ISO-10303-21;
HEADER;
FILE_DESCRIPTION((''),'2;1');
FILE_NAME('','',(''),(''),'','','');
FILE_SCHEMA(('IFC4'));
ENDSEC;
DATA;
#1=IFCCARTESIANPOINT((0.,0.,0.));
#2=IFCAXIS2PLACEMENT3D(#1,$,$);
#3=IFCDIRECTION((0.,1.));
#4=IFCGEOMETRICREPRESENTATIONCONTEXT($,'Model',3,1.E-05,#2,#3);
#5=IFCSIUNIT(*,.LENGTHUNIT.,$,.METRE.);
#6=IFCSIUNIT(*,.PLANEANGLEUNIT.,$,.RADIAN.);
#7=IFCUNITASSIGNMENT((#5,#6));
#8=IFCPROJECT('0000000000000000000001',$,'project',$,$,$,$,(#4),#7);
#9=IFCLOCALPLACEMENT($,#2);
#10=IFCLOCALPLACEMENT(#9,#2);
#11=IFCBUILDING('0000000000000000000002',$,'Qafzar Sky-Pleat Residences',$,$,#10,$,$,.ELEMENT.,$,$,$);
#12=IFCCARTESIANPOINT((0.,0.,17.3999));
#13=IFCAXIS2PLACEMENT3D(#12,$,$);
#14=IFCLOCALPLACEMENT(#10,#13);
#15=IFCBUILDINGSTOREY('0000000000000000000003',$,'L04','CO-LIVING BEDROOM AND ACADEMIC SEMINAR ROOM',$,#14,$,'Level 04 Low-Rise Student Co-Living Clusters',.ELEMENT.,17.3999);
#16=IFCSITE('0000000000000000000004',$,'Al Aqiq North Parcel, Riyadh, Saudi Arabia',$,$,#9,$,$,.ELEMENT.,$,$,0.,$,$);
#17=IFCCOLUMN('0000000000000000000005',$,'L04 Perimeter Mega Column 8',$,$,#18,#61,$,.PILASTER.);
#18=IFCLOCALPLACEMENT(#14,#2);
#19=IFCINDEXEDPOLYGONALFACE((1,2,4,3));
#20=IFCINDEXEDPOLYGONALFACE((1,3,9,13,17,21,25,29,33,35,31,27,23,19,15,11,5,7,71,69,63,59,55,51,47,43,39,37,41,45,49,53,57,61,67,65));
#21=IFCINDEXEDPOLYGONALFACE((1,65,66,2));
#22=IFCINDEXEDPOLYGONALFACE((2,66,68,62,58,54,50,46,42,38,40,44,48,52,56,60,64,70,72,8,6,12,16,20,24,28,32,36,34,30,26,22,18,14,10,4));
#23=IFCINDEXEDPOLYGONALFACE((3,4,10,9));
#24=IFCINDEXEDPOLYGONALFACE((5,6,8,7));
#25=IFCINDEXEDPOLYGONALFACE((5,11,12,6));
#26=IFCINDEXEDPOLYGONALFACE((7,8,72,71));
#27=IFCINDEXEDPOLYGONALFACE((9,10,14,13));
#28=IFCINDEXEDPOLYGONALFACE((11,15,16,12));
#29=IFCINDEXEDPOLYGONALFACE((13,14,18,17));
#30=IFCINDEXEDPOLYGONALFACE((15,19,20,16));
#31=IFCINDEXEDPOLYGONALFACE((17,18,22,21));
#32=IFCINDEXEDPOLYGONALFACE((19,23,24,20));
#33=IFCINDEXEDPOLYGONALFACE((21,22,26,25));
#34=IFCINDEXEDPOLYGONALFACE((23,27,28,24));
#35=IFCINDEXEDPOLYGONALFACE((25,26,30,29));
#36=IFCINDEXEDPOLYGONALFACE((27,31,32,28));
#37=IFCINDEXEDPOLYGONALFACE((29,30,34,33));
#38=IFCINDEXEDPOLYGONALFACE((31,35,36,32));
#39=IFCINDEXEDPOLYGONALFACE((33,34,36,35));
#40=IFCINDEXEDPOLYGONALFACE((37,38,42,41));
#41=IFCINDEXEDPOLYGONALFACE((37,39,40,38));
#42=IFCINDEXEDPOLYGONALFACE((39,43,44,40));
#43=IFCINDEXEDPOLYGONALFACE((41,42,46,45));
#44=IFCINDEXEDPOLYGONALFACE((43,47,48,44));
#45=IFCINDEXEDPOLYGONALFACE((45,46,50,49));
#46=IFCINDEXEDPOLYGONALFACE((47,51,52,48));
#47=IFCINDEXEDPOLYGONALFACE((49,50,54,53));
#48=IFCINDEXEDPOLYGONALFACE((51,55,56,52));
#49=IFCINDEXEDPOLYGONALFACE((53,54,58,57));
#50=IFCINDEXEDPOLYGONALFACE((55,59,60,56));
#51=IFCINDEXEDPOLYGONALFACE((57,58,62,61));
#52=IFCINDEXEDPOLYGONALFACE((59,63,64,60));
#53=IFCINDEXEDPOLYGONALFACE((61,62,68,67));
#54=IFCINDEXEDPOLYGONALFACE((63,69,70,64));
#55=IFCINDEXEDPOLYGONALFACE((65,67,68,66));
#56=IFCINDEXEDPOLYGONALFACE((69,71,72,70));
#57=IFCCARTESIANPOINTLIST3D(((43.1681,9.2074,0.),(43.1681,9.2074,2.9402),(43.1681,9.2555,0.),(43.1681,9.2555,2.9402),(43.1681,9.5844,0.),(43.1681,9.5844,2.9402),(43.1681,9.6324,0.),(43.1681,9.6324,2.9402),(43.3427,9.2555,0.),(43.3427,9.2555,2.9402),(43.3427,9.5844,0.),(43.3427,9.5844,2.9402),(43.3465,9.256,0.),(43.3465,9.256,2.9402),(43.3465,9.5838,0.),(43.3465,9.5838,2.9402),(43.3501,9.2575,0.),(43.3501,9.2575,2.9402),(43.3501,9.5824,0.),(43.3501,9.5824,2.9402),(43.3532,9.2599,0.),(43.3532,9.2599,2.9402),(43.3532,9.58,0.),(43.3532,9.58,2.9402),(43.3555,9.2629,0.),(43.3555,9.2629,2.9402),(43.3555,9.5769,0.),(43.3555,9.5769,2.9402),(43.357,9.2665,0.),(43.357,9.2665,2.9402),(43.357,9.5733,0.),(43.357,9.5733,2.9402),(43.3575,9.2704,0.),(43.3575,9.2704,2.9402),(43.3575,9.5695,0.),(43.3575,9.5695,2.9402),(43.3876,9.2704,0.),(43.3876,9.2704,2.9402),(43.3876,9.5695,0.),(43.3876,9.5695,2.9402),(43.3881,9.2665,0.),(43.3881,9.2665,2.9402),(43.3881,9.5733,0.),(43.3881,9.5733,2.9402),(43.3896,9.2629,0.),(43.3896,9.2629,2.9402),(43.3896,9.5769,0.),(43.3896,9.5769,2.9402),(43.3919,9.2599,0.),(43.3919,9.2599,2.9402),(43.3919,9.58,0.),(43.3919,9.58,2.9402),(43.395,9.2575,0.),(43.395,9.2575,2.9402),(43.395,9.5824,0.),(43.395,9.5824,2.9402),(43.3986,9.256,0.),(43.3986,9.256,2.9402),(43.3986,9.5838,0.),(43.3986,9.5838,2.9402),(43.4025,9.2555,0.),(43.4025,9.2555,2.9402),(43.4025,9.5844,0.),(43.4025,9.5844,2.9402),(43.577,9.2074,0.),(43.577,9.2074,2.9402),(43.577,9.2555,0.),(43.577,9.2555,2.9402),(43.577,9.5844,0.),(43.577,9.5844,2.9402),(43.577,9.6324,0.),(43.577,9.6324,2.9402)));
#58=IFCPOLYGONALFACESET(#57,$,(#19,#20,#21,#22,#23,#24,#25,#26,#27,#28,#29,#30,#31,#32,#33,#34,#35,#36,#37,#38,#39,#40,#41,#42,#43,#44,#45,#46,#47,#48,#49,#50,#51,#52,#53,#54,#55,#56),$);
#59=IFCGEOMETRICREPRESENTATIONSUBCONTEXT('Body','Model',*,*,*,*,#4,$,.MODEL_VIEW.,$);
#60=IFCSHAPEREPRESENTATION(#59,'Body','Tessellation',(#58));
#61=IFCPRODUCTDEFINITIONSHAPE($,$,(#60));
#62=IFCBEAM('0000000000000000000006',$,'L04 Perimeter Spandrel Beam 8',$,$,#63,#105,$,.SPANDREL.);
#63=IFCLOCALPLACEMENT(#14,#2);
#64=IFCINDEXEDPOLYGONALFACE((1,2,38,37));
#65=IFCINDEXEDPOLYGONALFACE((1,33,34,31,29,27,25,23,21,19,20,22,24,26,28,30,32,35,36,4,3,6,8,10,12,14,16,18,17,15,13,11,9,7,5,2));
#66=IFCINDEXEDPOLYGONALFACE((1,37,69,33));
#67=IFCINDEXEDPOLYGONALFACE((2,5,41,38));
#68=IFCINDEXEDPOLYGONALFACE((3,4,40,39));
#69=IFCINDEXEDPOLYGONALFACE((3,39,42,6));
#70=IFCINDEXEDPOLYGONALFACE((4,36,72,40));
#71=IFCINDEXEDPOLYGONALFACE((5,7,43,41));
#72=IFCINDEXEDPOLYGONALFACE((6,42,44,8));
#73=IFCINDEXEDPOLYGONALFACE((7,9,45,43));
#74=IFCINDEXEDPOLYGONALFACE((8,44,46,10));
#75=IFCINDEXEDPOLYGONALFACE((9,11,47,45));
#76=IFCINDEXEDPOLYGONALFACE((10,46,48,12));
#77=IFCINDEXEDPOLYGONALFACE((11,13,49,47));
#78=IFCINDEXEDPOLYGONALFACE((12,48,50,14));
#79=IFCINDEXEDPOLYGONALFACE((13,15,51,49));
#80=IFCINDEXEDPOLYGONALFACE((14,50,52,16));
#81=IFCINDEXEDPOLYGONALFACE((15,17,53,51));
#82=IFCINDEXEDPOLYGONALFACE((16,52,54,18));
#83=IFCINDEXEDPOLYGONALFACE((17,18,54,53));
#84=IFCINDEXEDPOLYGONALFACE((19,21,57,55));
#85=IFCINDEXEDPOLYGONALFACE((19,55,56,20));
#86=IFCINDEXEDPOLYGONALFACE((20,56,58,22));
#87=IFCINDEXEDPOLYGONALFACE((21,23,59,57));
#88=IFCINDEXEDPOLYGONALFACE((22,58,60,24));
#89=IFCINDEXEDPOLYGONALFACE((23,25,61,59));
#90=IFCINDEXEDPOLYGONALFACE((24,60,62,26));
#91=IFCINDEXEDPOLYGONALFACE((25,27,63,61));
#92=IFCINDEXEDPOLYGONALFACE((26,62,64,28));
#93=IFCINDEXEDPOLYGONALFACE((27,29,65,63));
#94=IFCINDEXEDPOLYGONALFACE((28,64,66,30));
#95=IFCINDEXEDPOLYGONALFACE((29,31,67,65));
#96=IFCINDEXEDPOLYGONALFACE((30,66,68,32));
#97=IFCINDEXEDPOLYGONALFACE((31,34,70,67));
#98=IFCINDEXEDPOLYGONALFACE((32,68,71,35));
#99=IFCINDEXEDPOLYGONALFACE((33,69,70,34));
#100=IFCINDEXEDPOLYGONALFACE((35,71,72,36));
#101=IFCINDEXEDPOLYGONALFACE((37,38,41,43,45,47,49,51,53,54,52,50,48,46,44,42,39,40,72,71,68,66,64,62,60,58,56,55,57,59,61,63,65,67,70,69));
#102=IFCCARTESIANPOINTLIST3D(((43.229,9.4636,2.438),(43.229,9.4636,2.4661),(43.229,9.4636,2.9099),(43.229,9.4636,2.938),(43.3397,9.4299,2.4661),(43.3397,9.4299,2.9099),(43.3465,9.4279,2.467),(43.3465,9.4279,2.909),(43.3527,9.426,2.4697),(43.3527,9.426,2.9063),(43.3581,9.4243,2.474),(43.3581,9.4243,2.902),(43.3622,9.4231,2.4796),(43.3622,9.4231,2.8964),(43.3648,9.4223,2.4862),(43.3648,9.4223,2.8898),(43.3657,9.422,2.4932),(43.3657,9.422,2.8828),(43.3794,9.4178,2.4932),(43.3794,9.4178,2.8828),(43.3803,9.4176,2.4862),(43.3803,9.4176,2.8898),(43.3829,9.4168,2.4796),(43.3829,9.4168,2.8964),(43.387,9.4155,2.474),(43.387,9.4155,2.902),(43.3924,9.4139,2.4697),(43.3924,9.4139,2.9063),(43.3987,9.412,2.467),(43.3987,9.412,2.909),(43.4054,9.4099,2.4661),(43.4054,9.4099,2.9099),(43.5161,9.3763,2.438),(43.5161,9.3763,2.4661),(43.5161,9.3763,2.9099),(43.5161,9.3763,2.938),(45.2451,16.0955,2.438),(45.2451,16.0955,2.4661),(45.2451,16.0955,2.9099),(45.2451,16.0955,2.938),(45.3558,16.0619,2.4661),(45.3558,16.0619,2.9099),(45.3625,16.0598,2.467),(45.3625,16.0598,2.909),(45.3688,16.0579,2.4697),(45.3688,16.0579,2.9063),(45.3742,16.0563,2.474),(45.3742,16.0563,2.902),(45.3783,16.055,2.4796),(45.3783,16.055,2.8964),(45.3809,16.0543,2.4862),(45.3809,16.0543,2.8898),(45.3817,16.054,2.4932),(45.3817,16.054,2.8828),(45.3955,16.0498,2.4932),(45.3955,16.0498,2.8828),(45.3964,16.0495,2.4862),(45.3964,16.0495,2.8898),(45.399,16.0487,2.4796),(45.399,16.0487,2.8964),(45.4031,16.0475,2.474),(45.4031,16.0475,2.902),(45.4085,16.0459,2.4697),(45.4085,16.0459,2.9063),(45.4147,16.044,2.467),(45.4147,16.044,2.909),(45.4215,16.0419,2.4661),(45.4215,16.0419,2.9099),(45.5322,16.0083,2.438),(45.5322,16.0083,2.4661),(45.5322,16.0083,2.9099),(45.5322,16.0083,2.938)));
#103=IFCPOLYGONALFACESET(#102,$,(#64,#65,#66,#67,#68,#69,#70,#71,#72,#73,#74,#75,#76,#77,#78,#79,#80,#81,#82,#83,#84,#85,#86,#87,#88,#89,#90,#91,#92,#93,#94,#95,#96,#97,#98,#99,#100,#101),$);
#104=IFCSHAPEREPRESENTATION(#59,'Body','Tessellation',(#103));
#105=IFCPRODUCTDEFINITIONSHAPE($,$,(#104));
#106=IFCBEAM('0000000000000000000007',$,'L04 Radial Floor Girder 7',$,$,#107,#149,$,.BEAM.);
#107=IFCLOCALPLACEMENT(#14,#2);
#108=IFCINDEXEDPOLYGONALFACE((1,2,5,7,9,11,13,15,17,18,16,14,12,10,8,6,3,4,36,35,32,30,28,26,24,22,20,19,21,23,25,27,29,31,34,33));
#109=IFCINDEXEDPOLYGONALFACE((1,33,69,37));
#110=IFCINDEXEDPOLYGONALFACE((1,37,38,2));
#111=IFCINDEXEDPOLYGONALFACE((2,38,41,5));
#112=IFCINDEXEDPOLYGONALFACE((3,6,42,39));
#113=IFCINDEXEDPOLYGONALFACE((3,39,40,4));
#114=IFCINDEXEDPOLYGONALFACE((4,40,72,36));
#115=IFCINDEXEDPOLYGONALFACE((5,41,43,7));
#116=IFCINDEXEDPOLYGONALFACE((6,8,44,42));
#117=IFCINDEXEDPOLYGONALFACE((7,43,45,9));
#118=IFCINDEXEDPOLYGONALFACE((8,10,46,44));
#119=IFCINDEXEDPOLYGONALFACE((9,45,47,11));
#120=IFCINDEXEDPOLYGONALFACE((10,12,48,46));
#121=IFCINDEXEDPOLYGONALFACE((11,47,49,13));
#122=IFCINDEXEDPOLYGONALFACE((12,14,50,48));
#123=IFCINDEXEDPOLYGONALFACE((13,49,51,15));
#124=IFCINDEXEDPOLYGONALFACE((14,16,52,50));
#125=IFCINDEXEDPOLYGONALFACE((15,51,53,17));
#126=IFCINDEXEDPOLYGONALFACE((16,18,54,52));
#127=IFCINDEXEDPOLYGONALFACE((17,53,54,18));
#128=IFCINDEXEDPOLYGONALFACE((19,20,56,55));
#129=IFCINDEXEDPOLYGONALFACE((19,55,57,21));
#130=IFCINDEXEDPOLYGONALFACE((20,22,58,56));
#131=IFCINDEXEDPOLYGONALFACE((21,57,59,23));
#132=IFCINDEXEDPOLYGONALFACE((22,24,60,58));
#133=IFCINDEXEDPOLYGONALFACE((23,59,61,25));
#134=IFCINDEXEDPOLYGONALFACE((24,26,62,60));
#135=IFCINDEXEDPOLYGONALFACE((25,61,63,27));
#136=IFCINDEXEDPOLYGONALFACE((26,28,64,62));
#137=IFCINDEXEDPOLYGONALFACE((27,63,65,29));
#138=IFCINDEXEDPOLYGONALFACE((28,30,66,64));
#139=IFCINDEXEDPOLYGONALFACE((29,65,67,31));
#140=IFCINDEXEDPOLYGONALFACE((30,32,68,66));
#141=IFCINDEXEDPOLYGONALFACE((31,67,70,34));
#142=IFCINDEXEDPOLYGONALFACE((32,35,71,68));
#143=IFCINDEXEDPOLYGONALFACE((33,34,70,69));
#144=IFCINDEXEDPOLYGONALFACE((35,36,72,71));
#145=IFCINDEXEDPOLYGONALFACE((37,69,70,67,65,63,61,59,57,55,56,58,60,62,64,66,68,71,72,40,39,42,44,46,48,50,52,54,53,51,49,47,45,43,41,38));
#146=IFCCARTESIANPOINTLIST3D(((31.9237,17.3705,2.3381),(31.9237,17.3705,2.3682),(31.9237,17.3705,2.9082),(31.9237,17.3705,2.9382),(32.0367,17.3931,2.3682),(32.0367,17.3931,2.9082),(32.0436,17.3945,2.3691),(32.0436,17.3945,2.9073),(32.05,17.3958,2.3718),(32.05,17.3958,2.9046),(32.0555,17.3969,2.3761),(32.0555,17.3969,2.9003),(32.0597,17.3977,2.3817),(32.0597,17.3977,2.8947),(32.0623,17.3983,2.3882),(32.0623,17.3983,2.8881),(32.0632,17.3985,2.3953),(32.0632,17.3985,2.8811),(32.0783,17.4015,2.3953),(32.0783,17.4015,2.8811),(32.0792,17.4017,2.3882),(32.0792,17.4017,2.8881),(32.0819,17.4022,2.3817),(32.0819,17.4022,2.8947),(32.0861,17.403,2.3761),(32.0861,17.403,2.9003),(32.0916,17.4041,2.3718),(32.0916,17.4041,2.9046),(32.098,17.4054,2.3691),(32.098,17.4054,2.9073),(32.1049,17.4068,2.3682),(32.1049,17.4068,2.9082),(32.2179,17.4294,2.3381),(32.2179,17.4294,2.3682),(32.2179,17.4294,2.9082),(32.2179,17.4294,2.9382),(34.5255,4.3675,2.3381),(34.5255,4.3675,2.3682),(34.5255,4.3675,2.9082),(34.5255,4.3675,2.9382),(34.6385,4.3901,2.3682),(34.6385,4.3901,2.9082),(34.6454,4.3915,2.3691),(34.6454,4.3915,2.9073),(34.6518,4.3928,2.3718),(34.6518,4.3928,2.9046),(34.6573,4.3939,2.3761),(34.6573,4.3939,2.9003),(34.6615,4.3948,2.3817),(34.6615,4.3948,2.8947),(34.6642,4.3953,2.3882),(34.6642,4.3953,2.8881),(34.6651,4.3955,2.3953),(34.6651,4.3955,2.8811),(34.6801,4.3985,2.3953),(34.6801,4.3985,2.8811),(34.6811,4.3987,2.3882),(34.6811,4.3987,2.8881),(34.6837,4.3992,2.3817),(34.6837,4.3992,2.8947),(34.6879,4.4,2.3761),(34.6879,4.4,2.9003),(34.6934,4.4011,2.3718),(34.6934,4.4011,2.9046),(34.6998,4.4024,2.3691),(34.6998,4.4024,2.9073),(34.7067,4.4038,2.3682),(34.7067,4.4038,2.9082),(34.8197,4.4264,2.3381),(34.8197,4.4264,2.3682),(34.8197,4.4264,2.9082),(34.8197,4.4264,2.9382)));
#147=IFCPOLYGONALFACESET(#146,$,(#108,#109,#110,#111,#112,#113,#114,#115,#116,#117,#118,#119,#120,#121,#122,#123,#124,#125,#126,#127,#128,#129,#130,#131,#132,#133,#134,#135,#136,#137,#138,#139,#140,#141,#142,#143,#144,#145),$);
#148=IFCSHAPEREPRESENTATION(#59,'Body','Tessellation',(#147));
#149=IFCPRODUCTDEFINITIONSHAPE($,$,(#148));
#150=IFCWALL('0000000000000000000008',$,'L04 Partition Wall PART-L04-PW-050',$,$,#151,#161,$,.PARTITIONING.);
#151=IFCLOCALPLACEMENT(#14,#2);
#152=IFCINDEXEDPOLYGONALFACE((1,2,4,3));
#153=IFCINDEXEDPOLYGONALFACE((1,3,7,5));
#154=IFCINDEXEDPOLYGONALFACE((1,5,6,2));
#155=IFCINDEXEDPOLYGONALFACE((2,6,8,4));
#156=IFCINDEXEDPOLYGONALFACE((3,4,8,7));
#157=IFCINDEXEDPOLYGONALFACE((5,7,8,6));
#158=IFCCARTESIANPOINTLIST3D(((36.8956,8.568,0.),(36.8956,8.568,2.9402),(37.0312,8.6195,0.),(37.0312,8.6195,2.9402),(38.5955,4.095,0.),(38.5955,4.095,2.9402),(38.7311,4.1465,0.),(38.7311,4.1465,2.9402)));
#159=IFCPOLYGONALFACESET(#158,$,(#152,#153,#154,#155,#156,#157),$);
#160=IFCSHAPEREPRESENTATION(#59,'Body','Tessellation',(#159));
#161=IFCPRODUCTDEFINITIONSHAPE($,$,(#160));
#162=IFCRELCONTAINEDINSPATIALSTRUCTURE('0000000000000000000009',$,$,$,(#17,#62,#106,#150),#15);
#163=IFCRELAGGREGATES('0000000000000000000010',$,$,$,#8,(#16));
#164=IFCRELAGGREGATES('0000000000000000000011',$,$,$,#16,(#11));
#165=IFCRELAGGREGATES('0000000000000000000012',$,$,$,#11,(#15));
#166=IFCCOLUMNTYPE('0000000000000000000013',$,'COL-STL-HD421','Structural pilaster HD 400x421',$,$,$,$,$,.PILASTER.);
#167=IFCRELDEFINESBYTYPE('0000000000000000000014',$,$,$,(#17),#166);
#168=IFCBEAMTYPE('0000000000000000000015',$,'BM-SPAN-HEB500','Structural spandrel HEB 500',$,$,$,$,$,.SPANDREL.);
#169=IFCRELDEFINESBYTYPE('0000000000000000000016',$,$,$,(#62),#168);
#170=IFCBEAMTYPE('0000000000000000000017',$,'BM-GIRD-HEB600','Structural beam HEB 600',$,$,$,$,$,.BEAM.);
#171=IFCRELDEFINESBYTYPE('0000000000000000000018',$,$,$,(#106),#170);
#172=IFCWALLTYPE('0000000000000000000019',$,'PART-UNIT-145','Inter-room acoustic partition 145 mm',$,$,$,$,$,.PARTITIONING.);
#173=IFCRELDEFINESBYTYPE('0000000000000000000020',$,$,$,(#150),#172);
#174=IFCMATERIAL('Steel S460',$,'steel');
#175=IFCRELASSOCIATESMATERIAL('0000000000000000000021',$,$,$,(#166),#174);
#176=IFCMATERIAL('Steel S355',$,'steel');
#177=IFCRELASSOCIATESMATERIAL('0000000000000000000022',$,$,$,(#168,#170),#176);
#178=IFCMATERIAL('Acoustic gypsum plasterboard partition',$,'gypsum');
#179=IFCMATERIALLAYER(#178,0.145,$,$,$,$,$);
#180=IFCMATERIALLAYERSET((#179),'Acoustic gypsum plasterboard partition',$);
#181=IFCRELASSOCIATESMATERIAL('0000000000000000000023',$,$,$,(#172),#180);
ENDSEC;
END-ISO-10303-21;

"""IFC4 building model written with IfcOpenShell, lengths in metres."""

from ifc_helpers import new_model, si_unit, direction, frame, frame_2d, origin, origin_2d, place, context, subcontext, project, spatial, rectangle, i_section, extrude, source, transform, mapped, material, layer, layer_set, material_profile, profile_set, type_object, element, save


model = new_model("IFC4")

# Units and contexts
model_context = context("Model", 3, precision=1e-05, world=origin(), true_north=direction((0.0, 1.0)))
body_context = subcontext(model_context, "Body", "Model", "MODEL_VIEW")
ifc_project = project(units=[si_unit("LENGTHUNIT", "METRE"), si_unit("PLANEANGLEUNIT", "RADIAN")], contexts=[model_context])

# Site, building, storey
site_placement = place(None, origin())
site = spatial("IfcSite", under=ifc_project, at=site_placement, Name="Al Aqiq North Parcel, Riyadh, Saudi Arabia", CompositionType="ELEMENT", RefElevation=0.0)
building_placement = place(site_placement, origin())
building = spatial("IfcBuilding", under=site, at=building_placement, Name="Qafzar Sky-Pleat Residences", CompositionType="ELEMENT")
storey_placement = place(building_placement, frame((0.0, 0.0, 17.3999)))
storey = spatial("IfcBuildingStorey", under=building, at=storey_placement, Name="L04", Description="CO-LIVING BEDROOM AND ACADEMIC SEMINAR ROOM", LongName="Level 04 Low-Rise Student Co-Living Clusters", CompositionType="ELEMENT", Elevation=17.3999)

# Column
ifc_material_1 = material(Name="Steel S460", Category="steel")
ifc_material_profile_1 = material_profile(ifc_material_1, i_section(OverallWidth=0.4089, OverallDepth=0.425, WebThickness=0.03, FlangeThickness=0.0481, FilletRadius=0.0149, at=origin_2d()), Name="HD 400x421")
ifc_profile_set_1 = profile_set([ifc_material_profile_1], Name="Steel S460")
column_type = type_object("IfcColumnType", Name="COL-STL-HD421", Description="Structural pilaster HD 400x421", PredefinedType="PILASTER", material=ifc_profile_set_1)
shared_shape_1 = source(origin(), body_context, "Body", "SweptSolid", [
    extrude(i_section(OverallWidth=0.4089, OverallDepth=0.425, WebThickness=0.03, FlangeThickness=0.0481, FilletRadius=0.0149, at=origin_2d()), origin(), (0.0, 0.0, 1.0), 2.9402),
])
column_placement = place(storey_placement, frame((43.3726, 9.4199, 0.0), z_axis=(0.0, 0.0, 1.0), x_axis=(1.0, 0.0, 0.0)))
element("IfcColumn", 1, at=column_placement, inside=storey, type_object=column_type, Name="L04 Perimeter Mega Column 8", PredefinedType="PILASTER", context=body_context, shape_type="MappedRepresentation", body=[
    mapped(shared_shape_1, transform((0.0, 0.0, 0.0), x_axis=(1.0, 0.0, 0.0), y_axis=(0.0, 1.0, 0.0), z_axis=(0.0, 0.0, 1.0), scale=1.0)),
])

# Beams
ifc_material_2 = material(Name="Steel S355", Category="steel")
ifc_material_profile_2 = material_profile(ifc_material_2, i_section(OverallWidth=0.3, OverallDepth=0.5, WebThickness=0.0144, FlangeThickness=0.0281, FilletRadius=0.0271, at=origin_2d()), Name="HEB 500")
ifc_profile_set_2 = profile_set([ifc_material_profile_2], Name="Steel S355")
beam_type_1 = type_object("IfcBeamType", Name="BM-SPAN-HEB500", Description="Structural spandrel HEB 500", PredefinedType="SPANDREL", material=ifc_profile_set_2)
shared_shape_2 = source(origin(), body_context, "Body", "SweptSolid", [
    extrude(i_section(OverallWidth=0.3, OverallDepth=0.5, WebThickness=0.0144, FlangeThickness=0.0281, FilletRadius=0.0271, at=origin_2d()), origin(), (0.0, 0.0, 1.0), 6.9316),
])
beam_1_placement = place(storey_placement, frame((43.3726, 9.4199, 2.688), z_axis=(0.290852, 0.956768, 0.0), x_axis=(-0.956768, 0.290852, 0.0)))
element("IfcBeam", 2, at=beam_1_placement, inside=storey, type_object=beam_type_1, Name="L04 Perimeter Spandrel Beam 8", PredefinedType="SPANDREL", context=body_context, shape_type="MappedRepresentation", body=[
    mapped(shared_shape_2, transform((0.0, 0.0, 0.0), x_axis=(1.0, 0.0, 0.0), y_axis=(0.0, 1.0, 0.0), z_axis=(0.0, 0.0, 1.0), scale=1.0)),
])
ifc_material_profile_3 = material_profile(ifc_material_2, i_section(OverallWidth=0.3, OverallDepth=0.6001, WebThickness=0.0154, FlangeThickness=0.03, FilletRadius=0.0271, at=origin_2d()), Name="HEB 600")
ifc_profile_set_3 = profile_set([ifc_material_profile_3], Name="Steel S355")
beam_type_2 = type_object("IfcBeamType", Name="BM-GIRD-HEB600", Description="Structural beam HEB 600", PredefinedType="BEAM", material=ifc_profile_set_3)
shared_shape_3 = source(origin(), body_context, "Body", "SweptSolid", [
    extrude(i_section(OverallWidth=0.3, OverallDepth=0.6001, WebThickness=0.0154, FlangeThickness=0.03, FilletRadius=0.0271, at=origin_2d()), origin(), (0.0, 0.0, 1.0), 13.2607),
])
beam_2_placement = place(storey_placement, frame((34.6726, 4.397, 2.6382), z_axis=(-0.196205, 0.980563, 0.0), x_axis=(-0.980563, -0.196205, 0.0)))
element("IfcBeam", 3, at=beam_2_placement, inside=storey, type_object=beam_type_2, Name="L04 Radial Floor Girder 7", PredefinedType="BEAM", context=body_context, shape_type="MappedRepresentation", body=[
    mapped(shared_shape_3, transform((0.0, 0.0, 0.0), x_axis=(1.0, 0.0, 0.0), y_axis=(0.0, 1.0, 0.0), z_axis=(0.0, 0.0, 1.0), scale=1.0)),
])

# Wall
ifc_material_3 = material(Name="Acoustic gypsum plasterboard partition", Category="gypsum")
ifc_layer_1 = layer(ifc_material_3, 0.145)
ifc_layer_set_1 = layer_set([ifc_layer_1], Name="Acoustic gypsum plasterboard partition")
wall_type_1 = type_object("IfcWallType", Name="PART-UNIT-145", Description="Inter-room acoustic partition 145 mm", PredefinedType="PARTITIONING", material=ifc_layer_set_1)
wall_1_placement = place(storey_placement, frame((36.9634, 8.5938, 0.0), z_axis=(0.0, 0.0, 1.0), x_axis=(0.355246, -0.934773, 0.0)))
element("IfcWall", 4, at=wall_1_placement, inside=storey, type_object=wall_type_1, Name="L04 Partition Wall PART-L04-PW-050", PredefinedType="PARTITIONING", context=body_context, shape_type="SweptSolid", body=[
    extrude(rectangle(XDim=4.7852, YDim=0.145, at=frame_2d((2.3926, 0.0))), origin(), (0.0, 0.0, 1.0), 2.9402),
])

save(model, "model.ifc")
